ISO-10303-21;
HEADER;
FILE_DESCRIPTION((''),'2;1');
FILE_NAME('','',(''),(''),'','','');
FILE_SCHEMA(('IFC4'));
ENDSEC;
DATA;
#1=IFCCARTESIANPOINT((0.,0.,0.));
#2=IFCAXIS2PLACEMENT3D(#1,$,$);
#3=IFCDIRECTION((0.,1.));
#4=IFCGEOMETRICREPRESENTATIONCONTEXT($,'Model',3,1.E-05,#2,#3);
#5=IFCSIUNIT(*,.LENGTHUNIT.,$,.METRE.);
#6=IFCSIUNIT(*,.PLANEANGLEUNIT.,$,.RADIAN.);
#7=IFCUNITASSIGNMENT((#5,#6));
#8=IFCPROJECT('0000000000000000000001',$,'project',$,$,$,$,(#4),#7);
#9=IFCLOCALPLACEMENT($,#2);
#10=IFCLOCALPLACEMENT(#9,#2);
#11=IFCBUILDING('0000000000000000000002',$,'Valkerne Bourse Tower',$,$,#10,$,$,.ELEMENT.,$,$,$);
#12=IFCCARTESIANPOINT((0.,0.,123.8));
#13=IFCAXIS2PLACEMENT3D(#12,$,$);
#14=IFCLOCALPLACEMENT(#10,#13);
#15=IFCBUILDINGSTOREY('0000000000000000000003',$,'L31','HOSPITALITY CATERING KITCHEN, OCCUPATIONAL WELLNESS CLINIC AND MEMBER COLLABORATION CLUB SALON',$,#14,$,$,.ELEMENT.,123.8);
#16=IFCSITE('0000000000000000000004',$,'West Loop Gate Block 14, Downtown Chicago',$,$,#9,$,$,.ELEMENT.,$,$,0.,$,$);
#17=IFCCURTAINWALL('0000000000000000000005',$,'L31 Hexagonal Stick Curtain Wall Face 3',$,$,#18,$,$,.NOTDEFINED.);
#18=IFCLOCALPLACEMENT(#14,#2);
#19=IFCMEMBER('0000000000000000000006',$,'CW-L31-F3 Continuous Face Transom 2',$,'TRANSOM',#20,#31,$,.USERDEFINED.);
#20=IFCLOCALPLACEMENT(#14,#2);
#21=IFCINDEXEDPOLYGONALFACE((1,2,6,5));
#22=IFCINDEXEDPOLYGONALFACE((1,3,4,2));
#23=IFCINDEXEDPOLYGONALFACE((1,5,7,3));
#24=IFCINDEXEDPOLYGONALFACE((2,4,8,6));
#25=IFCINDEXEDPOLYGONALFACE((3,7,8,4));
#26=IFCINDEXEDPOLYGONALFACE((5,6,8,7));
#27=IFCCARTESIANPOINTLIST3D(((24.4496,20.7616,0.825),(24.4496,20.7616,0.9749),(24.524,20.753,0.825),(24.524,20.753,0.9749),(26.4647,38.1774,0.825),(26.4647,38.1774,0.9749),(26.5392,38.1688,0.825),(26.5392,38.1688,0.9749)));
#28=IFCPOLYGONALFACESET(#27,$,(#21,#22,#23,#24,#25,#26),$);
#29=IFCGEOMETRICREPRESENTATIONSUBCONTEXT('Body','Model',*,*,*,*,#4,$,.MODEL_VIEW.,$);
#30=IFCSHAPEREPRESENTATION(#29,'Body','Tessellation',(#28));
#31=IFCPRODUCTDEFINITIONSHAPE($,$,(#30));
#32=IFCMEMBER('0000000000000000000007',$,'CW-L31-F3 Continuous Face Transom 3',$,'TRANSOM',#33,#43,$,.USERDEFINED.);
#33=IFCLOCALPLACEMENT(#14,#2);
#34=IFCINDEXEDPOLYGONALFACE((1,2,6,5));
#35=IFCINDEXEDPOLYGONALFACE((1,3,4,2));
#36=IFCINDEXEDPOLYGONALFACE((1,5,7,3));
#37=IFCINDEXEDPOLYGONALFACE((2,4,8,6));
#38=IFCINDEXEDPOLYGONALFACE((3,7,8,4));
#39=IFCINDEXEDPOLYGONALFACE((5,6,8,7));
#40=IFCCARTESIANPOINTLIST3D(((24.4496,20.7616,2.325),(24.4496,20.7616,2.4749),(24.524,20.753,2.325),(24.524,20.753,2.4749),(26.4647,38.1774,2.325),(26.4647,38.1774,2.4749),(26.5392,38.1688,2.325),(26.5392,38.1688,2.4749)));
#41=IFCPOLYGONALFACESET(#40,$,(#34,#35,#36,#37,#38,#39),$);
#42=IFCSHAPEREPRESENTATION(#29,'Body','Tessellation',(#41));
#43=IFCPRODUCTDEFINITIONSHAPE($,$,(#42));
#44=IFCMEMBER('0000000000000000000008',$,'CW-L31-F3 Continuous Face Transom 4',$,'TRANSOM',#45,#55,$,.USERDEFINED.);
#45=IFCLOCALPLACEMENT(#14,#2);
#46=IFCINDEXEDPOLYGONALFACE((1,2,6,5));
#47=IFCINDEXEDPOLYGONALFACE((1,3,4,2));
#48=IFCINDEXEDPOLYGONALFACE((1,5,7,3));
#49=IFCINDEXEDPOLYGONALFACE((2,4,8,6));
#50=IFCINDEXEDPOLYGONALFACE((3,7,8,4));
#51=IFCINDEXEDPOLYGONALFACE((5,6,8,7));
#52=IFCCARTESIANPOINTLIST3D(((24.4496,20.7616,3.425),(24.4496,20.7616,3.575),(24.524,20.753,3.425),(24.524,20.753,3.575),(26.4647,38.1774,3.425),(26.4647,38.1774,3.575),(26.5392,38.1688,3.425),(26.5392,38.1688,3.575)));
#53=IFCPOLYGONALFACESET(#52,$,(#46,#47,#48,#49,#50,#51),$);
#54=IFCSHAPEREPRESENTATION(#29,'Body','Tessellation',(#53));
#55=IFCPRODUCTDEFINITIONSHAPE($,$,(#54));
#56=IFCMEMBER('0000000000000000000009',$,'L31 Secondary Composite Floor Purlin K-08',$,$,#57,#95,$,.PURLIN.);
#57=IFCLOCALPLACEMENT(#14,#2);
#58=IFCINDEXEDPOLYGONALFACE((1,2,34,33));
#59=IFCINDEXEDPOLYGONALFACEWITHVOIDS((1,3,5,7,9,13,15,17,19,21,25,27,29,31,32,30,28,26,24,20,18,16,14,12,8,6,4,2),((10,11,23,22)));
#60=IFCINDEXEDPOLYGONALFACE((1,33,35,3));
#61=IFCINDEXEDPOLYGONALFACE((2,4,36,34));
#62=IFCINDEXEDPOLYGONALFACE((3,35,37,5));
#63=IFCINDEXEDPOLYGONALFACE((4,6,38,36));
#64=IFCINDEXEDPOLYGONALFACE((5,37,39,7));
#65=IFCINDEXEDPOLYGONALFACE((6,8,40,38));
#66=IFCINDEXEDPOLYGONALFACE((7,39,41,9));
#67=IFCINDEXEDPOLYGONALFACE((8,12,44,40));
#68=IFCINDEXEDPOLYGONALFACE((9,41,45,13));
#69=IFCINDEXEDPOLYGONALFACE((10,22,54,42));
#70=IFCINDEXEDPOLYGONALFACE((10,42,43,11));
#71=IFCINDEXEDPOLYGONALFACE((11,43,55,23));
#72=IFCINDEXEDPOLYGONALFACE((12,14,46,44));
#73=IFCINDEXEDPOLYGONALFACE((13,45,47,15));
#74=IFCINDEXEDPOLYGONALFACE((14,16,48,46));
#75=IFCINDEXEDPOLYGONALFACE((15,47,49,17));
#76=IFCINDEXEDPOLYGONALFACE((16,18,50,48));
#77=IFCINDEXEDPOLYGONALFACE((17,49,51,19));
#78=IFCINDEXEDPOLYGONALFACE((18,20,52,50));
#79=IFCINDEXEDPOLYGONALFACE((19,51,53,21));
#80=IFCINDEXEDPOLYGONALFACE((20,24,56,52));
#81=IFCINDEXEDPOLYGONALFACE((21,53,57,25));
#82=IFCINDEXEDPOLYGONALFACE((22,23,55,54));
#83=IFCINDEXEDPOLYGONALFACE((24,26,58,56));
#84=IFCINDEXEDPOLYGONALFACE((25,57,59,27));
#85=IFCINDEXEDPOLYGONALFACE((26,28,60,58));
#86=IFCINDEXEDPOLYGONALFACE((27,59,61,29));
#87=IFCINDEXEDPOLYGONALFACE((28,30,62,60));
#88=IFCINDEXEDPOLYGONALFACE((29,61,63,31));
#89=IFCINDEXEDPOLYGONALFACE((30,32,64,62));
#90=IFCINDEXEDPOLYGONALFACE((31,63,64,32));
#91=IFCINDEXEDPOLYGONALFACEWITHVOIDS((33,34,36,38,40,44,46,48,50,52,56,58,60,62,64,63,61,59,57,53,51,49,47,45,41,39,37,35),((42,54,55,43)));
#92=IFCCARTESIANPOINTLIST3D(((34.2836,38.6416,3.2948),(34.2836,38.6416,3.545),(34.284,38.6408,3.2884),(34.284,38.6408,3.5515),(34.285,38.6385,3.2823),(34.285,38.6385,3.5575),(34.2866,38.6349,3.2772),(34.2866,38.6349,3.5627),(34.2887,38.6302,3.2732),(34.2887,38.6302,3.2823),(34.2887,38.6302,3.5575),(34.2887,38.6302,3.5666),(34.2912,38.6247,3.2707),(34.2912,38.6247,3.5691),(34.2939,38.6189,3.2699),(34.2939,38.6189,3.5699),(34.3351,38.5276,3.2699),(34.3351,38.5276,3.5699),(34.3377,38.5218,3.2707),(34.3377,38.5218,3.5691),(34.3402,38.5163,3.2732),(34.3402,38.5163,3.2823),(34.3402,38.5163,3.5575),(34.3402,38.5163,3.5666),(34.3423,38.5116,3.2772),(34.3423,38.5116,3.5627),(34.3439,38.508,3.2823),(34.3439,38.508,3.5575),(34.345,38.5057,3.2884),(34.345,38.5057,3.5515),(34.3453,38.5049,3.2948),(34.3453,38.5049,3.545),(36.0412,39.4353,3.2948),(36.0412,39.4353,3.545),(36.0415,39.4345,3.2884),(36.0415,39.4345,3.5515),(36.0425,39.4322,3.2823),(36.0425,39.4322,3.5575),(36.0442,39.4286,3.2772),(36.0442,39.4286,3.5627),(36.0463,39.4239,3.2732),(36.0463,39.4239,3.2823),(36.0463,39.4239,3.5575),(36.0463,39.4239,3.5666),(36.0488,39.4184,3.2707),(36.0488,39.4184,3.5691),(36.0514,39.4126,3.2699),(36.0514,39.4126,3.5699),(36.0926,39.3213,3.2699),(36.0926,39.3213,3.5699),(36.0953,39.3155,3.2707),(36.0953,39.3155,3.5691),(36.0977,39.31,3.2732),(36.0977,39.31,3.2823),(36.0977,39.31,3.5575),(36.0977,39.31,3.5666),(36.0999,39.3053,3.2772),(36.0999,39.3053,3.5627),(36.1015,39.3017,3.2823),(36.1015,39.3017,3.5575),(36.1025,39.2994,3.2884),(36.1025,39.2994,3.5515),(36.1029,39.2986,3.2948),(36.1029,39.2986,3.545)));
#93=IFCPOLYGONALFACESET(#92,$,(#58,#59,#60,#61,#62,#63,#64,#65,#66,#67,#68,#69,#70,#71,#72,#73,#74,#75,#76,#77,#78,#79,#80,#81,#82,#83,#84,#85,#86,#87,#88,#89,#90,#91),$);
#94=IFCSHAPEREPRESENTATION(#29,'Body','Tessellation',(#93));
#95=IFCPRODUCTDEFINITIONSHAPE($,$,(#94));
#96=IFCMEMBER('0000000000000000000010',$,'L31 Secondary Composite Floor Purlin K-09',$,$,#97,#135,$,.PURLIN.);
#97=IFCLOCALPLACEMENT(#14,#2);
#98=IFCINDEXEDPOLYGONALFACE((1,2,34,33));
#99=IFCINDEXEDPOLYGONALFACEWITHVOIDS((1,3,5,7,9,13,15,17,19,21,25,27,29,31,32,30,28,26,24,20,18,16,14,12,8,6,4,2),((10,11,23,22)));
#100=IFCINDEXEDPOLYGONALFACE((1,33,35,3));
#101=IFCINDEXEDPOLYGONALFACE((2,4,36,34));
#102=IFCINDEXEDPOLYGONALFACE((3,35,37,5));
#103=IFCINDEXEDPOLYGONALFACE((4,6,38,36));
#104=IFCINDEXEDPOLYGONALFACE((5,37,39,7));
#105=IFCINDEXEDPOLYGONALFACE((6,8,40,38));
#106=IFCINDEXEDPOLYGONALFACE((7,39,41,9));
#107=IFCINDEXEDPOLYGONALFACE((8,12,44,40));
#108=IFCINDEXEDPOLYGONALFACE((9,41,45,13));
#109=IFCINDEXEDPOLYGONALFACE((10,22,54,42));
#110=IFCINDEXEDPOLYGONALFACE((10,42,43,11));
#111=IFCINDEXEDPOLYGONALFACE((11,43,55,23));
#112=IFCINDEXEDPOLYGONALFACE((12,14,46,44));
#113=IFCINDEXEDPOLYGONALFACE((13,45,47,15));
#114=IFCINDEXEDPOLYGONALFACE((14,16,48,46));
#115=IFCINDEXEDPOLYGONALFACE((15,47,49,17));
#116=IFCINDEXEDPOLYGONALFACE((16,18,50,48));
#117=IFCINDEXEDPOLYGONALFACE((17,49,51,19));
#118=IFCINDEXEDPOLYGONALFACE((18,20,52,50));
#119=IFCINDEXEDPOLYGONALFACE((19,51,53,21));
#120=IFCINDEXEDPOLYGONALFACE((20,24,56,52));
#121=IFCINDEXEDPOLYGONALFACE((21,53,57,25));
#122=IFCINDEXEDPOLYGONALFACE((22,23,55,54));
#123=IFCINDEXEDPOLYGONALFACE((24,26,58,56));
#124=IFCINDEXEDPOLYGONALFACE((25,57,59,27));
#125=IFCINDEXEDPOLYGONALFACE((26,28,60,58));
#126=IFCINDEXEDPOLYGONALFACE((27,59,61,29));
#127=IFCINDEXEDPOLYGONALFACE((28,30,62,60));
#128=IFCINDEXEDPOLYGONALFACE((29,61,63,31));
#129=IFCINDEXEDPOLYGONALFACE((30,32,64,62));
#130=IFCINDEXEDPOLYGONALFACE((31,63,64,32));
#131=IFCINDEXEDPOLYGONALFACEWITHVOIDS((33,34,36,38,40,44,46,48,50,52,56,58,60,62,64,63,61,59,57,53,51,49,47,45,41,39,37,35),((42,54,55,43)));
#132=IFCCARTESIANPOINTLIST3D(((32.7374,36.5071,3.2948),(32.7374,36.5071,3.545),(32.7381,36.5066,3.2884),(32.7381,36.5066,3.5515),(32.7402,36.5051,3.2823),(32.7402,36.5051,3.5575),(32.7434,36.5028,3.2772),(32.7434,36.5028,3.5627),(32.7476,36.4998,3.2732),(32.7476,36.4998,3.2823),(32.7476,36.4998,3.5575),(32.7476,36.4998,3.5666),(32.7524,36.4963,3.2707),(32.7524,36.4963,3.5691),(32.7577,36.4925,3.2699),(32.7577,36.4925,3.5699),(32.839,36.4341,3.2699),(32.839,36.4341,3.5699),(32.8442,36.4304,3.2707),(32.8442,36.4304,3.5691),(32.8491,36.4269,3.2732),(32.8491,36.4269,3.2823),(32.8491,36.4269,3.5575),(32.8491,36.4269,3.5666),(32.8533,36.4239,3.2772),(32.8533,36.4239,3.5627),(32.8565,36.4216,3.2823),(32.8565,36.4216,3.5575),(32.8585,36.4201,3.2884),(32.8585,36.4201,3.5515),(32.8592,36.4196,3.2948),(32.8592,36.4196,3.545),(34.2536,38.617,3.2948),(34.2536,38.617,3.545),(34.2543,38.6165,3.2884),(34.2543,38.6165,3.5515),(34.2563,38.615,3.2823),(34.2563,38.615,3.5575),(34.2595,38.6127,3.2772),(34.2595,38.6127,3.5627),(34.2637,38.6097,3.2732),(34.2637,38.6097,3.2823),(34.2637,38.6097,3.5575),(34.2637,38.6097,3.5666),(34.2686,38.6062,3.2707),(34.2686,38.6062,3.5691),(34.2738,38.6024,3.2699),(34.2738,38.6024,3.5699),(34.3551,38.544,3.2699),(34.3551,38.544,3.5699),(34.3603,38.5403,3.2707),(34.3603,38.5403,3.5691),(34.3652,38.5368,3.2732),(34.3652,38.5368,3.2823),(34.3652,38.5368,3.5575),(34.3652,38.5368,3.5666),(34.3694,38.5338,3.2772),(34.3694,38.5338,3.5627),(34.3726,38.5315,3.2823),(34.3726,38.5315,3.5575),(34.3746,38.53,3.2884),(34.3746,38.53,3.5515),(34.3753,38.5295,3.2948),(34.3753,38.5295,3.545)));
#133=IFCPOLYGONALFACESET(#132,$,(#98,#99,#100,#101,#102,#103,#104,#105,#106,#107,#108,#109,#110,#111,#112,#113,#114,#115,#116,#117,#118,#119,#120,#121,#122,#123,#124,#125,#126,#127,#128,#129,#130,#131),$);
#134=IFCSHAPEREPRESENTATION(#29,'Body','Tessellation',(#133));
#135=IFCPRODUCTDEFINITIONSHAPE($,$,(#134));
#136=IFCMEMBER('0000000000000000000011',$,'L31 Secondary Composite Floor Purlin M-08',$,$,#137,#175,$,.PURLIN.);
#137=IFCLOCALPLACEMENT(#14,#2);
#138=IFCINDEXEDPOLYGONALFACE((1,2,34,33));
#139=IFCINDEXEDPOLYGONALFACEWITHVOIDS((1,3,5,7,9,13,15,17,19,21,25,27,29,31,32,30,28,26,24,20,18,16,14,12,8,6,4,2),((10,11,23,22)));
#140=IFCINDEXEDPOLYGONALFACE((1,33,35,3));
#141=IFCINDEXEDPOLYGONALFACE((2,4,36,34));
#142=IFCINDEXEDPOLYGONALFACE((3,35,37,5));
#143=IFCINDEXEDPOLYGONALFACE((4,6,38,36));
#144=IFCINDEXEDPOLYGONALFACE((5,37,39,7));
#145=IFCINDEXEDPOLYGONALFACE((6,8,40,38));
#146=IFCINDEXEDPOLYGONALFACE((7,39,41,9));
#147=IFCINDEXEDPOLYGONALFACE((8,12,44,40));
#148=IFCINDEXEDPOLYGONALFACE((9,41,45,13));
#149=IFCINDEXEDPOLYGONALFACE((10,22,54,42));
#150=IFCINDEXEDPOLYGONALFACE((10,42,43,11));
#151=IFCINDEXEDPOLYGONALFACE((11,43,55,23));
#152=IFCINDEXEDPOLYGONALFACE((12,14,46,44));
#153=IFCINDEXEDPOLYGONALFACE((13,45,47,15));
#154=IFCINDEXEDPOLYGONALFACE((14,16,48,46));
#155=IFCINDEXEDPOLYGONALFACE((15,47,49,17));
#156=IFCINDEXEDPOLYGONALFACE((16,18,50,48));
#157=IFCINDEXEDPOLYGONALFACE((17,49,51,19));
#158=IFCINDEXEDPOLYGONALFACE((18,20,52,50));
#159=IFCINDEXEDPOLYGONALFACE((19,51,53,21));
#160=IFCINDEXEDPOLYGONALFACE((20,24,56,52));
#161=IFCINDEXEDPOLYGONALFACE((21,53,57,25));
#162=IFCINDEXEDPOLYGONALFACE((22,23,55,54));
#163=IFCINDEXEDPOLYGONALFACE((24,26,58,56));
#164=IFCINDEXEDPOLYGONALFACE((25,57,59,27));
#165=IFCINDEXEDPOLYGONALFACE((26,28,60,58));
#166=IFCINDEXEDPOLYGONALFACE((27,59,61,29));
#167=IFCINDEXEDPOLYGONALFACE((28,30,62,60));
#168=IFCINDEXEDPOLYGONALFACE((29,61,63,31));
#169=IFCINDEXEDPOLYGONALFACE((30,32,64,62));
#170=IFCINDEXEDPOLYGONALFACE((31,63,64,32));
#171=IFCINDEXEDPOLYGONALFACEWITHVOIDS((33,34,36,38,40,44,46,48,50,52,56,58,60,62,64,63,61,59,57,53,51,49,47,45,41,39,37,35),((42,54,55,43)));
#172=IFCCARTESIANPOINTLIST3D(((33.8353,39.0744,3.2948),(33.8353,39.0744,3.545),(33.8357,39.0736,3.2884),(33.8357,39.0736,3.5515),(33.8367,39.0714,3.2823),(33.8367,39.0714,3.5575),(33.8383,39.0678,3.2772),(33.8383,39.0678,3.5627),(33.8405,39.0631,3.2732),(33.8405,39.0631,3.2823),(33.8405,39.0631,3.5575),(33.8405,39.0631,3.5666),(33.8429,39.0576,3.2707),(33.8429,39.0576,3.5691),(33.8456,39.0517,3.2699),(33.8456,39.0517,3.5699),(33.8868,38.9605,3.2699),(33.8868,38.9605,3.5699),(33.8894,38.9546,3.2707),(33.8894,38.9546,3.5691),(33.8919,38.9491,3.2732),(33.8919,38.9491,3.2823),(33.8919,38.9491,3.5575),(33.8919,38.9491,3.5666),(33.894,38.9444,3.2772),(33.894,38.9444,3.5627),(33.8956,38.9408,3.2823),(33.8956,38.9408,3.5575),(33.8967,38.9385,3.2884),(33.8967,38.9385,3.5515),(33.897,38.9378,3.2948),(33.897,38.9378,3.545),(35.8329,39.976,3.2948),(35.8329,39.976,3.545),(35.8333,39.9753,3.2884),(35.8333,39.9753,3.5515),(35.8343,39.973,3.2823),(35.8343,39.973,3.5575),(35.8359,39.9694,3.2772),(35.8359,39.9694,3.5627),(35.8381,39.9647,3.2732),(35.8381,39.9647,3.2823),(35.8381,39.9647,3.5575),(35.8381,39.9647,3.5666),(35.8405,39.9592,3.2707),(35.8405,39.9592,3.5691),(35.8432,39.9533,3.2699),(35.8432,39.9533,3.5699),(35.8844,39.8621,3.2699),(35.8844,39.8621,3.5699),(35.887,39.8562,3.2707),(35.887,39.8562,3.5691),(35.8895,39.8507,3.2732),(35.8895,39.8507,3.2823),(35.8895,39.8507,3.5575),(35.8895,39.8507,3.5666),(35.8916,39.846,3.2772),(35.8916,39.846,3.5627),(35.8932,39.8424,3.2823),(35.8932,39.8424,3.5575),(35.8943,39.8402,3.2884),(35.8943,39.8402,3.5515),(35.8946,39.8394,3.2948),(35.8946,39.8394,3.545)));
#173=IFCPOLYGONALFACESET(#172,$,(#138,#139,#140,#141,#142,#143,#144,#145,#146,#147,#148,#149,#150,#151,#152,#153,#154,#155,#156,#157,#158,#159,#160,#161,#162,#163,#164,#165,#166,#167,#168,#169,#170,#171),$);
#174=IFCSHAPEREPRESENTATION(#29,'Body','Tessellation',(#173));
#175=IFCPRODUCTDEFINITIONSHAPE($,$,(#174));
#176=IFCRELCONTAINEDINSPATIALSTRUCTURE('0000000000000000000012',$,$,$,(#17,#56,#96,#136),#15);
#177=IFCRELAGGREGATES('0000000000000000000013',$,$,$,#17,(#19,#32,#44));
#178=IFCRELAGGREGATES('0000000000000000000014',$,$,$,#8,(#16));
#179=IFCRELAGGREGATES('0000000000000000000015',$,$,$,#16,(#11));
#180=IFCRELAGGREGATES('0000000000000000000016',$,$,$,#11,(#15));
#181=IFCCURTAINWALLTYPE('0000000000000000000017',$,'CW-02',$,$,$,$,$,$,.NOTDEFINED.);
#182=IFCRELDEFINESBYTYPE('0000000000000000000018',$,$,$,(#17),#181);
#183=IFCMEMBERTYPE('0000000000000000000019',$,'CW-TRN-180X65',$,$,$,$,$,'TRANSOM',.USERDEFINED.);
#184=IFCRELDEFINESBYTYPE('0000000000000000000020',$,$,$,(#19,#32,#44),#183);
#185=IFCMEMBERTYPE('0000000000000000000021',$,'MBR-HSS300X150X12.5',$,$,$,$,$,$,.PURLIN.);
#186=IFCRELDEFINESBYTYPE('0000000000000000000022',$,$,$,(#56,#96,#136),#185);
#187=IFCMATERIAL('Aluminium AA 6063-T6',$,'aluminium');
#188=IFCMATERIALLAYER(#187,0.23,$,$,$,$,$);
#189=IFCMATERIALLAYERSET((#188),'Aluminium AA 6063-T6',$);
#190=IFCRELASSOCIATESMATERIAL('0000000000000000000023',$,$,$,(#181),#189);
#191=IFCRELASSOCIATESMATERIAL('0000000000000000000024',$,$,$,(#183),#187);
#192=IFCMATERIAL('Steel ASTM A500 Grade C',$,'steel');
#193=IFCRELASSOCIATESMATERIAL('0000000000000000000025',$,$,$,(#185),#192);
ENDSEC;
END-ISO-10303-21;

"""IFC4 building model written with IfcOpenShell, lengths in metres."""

from ifc_helpers import new_model, si_unit, direction, frame, origin, origin_2d, place, context, subcontext, project, spatial, rectangle, hollow_rectangle, extrude, material, layer, layer_set, material_profile, profile_set, type_object, element, aggregate, save


model = new_model("IFC4")

# Units and contexts
model_context = context("Model", 3, precision=1e-05, world=origin(), true_north=direction((0.0, 1.0)))
body_context = subcontext(model_context, "Body", "Model", "MODEL_VIEW")
ifc_project = project(units=[si_unit("LENGTHUNIT", "METRE"), si_unit("PLANEANGLEUNIT", "RADIAN")], contexts=[model_context])

# Site, building, storey
site_placement = place(None, origin())
site = spatial("IfcSite", under=ifc_project, at=site_placement, Name="West Loop Gate Block 14, Downtown Chicago", CompositionType="ELEMENT", RefElevation=0.0)
building_placement = place(site_placement, origin())
building = spatial("IfcBuilding", under=site, at=building_placement, Name="Valkerne Bourse Tower", CompositionType="ELEMENT")
storey_placement = place(building_placement, frame((0.0, 0.0, 123.8)))
storey = spatial("IfcBuildingStorey", under=building, at=storey_placement, Name="L31", Description="HOSPITALITY CATERING KITCHEN, OCCUPATIONAL WELLNESS CLINIC AND MEMBER COLLABORATION CLUB SALON", CompositionType="ELEMENT", Elevation=123.8)

# Curtain wall, members
ifc_material_1 = material(Name="Aluminium AA 6063-T6", Category="aluminium")
ifc_layer_1 = layer(ifc_material_1, 0.23)
ifc_layer_set_1 = layer_set([ifc_layer_1], Name="Aluminium AA 6063-T6")
curtain_wall_type = type_object("IfcCurtainWallType", Name="CW-02", PredefinedType="NOTDEFINED", material=ifc_layer_set_1)
curtain_wall_1_placement = place(storey_placement, origin())
curtain_wall_1 = element("IfcCurtainWall", 1, at=curtain_wall_1_placement, inside=storey, type_object=curtain_wall_type, Name="L31 Hexagonal Stick Curtain Wall Face 3", PredefinedType="NOTDEFINED")
ifc_material_profile_1 = material_profile(ifc_material_1, rectangle(XDim=0.075, YDim=0.1499, at=origin_2d()), Name="CWT-75X150")
ifc_profile_set_1 = profile_set([ifc_material_profile_1], Name="Aluminium AA 6063-T6")
member_type_1 = type_object("IfcMemberType", Name="CW-TRN-180X65", ElementType="TRANSOM", PredefinedType="USERDEFINED", material=ifc_profile_set_1)
member_1_placement = place(storey_placement, frame((26.502, 38.1731, 0.8999), z_axis=(-0.114941, -0.993372, 0.0), x_axis=(0.993372, -0.114941, 0.0)))
member_1 = element("IfcMember", 2, at=member_1_placement, type_object=member_type_1, Name="CW-L31-F3 Continuous Face Transom 2", ObjectType="TRANSOM", PredefinedType="USERDEFINED", context=body_context, shape_type="SweptSolid", body=[
    extrude(rectangle(XDim=0.075, YDim=0.1499, at=origin_2d()), origin(), (0.0, 0.0, 1.0), 17.532),
])
member_2_placement = place(storey_placement, frame((26.502, 38.1731, 2.3999), z_axis=(-0.114941, -0.993372, 0.0), x_axis=(0.993372, -0.114941, 0.0)))
member_2 = element("IfcMember", 3, at=member_2_placement, type_object=member_type_1, Name="CW-L31-F3 Continuous Face Transom 3", ObjectType="TRANSOM", PredefinedType="USERDEFINED", context=body_context, shape_type="SweptSolid", body=[
    extrude(rectangle(XDim=0.075, YDim=0.1499, at=origin_2d()), origin(), (0.0, 0.0, 1.0), 17.532),
])
member_3_placement = place(storey_placement, frame((26.502, 38.1731, 3.5), z_axis=(-0.114941, -0.993372, 0.0), x_axis=(0.993372, -0.114941, 0.0)))
member_3 = element("IfcMember", 4, at=member_3_placement, type_object=member_type_1, Name="CW-L31-F3 Continuous Face Transom 4", ObjectType="TRANSOM", PredefinedType="USERDEFINED", context=body_context, shape_type="SweptSolid", body=[
    extrude(rectangle(XDim=0.075, YDim=0.1499, at=origin_2d()), origin(), (0.0, 0.0, 1.0), 17.532),
])
aggregate(curtain_wall_1, [member_1, member_2, member_3])

# Members
ifc_material_2 = material(Name="Steel ASTM A500 Grade C", Category="steel")
ifc_material_profile_2 = material_profile(ifc_material_2, hollow_rectangle(XDim=0.1499, YDim=0.3, WallThickness=0.0125, OuterFilletRadius=0.0249, at=origin_2d()), Name="HSS300X150X12.5")
ifc_profile_set_2 = profile_set([ifc_material_profile_2], Name="Steel ASTM A500 Grade C")
member_type_2 = type_object("IfcMemberType", Name="MBR-HSS300X150X12.5", PredefinedType="PURLIN", material=ifc_profile_set_2)
member_4_placement = place(storey_placement, frame((36.072, 39.3669, 3.4199), z_axis=(-0.911378, -0.41157, 0.0), x_axis=(0.41157, -0.911378, 0.0)))
element("IfcMember", 5, at=member_4_placement, inside=storey, type_object=member_type_2, Name="L31 Secondary Composite Floor Purlin K-08", PredefinedType="PURLIN", context=body_context, shape_type="SweptSolid", body=[
    extrude(hollow_rectangle(XDim=0.1499, YDim=0.3, WallThickness=0.0125, OuterFilletRadius=0.0249, at=origin_2d()), origin(), (0.0, 0.0, 1.0), 1.9285),
])
member_5_placement = place(storey_placement, frame((34.3145, 38.5732, 3.4199), z_axis=(-0.583547, -0.812079, 0.0), x_axis=(0.812079, -0.583547, 0.0)))
element("IfcMember", 6, at=member_5_placement, inside=storey, type_object=member_type_2, Name="L31 Secondary Composite Floor Purlin K-09", PredefinedType="PURLIN", context=body_context, shape_type="SweptSolid", body=[
    extrude(hollow_rectangle(XDim=0.1499, YDim=0.3, WallThickness=0.0125, OuterFilletRadius=0.0249, at=origin_2d()), origin(), (0.0, 0.0, 1.0), 2.5981),
])
member_6_placement = place(storey_placement, frame((35.8638, 39.9077, 3.4199), z_axis=(-0.911458, -0.411393, 0.0), x_axis=(0.411393, -0.911458, 0.0)))
element("IfcMember", 7, at=member_6_placement, inside=storey, type_object=member_type_2, Name="L31 Secondary Composite Floor Purlin M-08", PredefinedType="PURLIN", context=body_context, shape_type="SweptSolid", body=[
    extrude(hollow_rectangle(XDim=0.1499, YDim=0.3, WallThickness=0.0125, OuterFilletRadius=0.0249, at=origin_2d()), origin(), (0.0, 0.0, 1.0), 2.1917),
])

save(model, "model.ifc")
